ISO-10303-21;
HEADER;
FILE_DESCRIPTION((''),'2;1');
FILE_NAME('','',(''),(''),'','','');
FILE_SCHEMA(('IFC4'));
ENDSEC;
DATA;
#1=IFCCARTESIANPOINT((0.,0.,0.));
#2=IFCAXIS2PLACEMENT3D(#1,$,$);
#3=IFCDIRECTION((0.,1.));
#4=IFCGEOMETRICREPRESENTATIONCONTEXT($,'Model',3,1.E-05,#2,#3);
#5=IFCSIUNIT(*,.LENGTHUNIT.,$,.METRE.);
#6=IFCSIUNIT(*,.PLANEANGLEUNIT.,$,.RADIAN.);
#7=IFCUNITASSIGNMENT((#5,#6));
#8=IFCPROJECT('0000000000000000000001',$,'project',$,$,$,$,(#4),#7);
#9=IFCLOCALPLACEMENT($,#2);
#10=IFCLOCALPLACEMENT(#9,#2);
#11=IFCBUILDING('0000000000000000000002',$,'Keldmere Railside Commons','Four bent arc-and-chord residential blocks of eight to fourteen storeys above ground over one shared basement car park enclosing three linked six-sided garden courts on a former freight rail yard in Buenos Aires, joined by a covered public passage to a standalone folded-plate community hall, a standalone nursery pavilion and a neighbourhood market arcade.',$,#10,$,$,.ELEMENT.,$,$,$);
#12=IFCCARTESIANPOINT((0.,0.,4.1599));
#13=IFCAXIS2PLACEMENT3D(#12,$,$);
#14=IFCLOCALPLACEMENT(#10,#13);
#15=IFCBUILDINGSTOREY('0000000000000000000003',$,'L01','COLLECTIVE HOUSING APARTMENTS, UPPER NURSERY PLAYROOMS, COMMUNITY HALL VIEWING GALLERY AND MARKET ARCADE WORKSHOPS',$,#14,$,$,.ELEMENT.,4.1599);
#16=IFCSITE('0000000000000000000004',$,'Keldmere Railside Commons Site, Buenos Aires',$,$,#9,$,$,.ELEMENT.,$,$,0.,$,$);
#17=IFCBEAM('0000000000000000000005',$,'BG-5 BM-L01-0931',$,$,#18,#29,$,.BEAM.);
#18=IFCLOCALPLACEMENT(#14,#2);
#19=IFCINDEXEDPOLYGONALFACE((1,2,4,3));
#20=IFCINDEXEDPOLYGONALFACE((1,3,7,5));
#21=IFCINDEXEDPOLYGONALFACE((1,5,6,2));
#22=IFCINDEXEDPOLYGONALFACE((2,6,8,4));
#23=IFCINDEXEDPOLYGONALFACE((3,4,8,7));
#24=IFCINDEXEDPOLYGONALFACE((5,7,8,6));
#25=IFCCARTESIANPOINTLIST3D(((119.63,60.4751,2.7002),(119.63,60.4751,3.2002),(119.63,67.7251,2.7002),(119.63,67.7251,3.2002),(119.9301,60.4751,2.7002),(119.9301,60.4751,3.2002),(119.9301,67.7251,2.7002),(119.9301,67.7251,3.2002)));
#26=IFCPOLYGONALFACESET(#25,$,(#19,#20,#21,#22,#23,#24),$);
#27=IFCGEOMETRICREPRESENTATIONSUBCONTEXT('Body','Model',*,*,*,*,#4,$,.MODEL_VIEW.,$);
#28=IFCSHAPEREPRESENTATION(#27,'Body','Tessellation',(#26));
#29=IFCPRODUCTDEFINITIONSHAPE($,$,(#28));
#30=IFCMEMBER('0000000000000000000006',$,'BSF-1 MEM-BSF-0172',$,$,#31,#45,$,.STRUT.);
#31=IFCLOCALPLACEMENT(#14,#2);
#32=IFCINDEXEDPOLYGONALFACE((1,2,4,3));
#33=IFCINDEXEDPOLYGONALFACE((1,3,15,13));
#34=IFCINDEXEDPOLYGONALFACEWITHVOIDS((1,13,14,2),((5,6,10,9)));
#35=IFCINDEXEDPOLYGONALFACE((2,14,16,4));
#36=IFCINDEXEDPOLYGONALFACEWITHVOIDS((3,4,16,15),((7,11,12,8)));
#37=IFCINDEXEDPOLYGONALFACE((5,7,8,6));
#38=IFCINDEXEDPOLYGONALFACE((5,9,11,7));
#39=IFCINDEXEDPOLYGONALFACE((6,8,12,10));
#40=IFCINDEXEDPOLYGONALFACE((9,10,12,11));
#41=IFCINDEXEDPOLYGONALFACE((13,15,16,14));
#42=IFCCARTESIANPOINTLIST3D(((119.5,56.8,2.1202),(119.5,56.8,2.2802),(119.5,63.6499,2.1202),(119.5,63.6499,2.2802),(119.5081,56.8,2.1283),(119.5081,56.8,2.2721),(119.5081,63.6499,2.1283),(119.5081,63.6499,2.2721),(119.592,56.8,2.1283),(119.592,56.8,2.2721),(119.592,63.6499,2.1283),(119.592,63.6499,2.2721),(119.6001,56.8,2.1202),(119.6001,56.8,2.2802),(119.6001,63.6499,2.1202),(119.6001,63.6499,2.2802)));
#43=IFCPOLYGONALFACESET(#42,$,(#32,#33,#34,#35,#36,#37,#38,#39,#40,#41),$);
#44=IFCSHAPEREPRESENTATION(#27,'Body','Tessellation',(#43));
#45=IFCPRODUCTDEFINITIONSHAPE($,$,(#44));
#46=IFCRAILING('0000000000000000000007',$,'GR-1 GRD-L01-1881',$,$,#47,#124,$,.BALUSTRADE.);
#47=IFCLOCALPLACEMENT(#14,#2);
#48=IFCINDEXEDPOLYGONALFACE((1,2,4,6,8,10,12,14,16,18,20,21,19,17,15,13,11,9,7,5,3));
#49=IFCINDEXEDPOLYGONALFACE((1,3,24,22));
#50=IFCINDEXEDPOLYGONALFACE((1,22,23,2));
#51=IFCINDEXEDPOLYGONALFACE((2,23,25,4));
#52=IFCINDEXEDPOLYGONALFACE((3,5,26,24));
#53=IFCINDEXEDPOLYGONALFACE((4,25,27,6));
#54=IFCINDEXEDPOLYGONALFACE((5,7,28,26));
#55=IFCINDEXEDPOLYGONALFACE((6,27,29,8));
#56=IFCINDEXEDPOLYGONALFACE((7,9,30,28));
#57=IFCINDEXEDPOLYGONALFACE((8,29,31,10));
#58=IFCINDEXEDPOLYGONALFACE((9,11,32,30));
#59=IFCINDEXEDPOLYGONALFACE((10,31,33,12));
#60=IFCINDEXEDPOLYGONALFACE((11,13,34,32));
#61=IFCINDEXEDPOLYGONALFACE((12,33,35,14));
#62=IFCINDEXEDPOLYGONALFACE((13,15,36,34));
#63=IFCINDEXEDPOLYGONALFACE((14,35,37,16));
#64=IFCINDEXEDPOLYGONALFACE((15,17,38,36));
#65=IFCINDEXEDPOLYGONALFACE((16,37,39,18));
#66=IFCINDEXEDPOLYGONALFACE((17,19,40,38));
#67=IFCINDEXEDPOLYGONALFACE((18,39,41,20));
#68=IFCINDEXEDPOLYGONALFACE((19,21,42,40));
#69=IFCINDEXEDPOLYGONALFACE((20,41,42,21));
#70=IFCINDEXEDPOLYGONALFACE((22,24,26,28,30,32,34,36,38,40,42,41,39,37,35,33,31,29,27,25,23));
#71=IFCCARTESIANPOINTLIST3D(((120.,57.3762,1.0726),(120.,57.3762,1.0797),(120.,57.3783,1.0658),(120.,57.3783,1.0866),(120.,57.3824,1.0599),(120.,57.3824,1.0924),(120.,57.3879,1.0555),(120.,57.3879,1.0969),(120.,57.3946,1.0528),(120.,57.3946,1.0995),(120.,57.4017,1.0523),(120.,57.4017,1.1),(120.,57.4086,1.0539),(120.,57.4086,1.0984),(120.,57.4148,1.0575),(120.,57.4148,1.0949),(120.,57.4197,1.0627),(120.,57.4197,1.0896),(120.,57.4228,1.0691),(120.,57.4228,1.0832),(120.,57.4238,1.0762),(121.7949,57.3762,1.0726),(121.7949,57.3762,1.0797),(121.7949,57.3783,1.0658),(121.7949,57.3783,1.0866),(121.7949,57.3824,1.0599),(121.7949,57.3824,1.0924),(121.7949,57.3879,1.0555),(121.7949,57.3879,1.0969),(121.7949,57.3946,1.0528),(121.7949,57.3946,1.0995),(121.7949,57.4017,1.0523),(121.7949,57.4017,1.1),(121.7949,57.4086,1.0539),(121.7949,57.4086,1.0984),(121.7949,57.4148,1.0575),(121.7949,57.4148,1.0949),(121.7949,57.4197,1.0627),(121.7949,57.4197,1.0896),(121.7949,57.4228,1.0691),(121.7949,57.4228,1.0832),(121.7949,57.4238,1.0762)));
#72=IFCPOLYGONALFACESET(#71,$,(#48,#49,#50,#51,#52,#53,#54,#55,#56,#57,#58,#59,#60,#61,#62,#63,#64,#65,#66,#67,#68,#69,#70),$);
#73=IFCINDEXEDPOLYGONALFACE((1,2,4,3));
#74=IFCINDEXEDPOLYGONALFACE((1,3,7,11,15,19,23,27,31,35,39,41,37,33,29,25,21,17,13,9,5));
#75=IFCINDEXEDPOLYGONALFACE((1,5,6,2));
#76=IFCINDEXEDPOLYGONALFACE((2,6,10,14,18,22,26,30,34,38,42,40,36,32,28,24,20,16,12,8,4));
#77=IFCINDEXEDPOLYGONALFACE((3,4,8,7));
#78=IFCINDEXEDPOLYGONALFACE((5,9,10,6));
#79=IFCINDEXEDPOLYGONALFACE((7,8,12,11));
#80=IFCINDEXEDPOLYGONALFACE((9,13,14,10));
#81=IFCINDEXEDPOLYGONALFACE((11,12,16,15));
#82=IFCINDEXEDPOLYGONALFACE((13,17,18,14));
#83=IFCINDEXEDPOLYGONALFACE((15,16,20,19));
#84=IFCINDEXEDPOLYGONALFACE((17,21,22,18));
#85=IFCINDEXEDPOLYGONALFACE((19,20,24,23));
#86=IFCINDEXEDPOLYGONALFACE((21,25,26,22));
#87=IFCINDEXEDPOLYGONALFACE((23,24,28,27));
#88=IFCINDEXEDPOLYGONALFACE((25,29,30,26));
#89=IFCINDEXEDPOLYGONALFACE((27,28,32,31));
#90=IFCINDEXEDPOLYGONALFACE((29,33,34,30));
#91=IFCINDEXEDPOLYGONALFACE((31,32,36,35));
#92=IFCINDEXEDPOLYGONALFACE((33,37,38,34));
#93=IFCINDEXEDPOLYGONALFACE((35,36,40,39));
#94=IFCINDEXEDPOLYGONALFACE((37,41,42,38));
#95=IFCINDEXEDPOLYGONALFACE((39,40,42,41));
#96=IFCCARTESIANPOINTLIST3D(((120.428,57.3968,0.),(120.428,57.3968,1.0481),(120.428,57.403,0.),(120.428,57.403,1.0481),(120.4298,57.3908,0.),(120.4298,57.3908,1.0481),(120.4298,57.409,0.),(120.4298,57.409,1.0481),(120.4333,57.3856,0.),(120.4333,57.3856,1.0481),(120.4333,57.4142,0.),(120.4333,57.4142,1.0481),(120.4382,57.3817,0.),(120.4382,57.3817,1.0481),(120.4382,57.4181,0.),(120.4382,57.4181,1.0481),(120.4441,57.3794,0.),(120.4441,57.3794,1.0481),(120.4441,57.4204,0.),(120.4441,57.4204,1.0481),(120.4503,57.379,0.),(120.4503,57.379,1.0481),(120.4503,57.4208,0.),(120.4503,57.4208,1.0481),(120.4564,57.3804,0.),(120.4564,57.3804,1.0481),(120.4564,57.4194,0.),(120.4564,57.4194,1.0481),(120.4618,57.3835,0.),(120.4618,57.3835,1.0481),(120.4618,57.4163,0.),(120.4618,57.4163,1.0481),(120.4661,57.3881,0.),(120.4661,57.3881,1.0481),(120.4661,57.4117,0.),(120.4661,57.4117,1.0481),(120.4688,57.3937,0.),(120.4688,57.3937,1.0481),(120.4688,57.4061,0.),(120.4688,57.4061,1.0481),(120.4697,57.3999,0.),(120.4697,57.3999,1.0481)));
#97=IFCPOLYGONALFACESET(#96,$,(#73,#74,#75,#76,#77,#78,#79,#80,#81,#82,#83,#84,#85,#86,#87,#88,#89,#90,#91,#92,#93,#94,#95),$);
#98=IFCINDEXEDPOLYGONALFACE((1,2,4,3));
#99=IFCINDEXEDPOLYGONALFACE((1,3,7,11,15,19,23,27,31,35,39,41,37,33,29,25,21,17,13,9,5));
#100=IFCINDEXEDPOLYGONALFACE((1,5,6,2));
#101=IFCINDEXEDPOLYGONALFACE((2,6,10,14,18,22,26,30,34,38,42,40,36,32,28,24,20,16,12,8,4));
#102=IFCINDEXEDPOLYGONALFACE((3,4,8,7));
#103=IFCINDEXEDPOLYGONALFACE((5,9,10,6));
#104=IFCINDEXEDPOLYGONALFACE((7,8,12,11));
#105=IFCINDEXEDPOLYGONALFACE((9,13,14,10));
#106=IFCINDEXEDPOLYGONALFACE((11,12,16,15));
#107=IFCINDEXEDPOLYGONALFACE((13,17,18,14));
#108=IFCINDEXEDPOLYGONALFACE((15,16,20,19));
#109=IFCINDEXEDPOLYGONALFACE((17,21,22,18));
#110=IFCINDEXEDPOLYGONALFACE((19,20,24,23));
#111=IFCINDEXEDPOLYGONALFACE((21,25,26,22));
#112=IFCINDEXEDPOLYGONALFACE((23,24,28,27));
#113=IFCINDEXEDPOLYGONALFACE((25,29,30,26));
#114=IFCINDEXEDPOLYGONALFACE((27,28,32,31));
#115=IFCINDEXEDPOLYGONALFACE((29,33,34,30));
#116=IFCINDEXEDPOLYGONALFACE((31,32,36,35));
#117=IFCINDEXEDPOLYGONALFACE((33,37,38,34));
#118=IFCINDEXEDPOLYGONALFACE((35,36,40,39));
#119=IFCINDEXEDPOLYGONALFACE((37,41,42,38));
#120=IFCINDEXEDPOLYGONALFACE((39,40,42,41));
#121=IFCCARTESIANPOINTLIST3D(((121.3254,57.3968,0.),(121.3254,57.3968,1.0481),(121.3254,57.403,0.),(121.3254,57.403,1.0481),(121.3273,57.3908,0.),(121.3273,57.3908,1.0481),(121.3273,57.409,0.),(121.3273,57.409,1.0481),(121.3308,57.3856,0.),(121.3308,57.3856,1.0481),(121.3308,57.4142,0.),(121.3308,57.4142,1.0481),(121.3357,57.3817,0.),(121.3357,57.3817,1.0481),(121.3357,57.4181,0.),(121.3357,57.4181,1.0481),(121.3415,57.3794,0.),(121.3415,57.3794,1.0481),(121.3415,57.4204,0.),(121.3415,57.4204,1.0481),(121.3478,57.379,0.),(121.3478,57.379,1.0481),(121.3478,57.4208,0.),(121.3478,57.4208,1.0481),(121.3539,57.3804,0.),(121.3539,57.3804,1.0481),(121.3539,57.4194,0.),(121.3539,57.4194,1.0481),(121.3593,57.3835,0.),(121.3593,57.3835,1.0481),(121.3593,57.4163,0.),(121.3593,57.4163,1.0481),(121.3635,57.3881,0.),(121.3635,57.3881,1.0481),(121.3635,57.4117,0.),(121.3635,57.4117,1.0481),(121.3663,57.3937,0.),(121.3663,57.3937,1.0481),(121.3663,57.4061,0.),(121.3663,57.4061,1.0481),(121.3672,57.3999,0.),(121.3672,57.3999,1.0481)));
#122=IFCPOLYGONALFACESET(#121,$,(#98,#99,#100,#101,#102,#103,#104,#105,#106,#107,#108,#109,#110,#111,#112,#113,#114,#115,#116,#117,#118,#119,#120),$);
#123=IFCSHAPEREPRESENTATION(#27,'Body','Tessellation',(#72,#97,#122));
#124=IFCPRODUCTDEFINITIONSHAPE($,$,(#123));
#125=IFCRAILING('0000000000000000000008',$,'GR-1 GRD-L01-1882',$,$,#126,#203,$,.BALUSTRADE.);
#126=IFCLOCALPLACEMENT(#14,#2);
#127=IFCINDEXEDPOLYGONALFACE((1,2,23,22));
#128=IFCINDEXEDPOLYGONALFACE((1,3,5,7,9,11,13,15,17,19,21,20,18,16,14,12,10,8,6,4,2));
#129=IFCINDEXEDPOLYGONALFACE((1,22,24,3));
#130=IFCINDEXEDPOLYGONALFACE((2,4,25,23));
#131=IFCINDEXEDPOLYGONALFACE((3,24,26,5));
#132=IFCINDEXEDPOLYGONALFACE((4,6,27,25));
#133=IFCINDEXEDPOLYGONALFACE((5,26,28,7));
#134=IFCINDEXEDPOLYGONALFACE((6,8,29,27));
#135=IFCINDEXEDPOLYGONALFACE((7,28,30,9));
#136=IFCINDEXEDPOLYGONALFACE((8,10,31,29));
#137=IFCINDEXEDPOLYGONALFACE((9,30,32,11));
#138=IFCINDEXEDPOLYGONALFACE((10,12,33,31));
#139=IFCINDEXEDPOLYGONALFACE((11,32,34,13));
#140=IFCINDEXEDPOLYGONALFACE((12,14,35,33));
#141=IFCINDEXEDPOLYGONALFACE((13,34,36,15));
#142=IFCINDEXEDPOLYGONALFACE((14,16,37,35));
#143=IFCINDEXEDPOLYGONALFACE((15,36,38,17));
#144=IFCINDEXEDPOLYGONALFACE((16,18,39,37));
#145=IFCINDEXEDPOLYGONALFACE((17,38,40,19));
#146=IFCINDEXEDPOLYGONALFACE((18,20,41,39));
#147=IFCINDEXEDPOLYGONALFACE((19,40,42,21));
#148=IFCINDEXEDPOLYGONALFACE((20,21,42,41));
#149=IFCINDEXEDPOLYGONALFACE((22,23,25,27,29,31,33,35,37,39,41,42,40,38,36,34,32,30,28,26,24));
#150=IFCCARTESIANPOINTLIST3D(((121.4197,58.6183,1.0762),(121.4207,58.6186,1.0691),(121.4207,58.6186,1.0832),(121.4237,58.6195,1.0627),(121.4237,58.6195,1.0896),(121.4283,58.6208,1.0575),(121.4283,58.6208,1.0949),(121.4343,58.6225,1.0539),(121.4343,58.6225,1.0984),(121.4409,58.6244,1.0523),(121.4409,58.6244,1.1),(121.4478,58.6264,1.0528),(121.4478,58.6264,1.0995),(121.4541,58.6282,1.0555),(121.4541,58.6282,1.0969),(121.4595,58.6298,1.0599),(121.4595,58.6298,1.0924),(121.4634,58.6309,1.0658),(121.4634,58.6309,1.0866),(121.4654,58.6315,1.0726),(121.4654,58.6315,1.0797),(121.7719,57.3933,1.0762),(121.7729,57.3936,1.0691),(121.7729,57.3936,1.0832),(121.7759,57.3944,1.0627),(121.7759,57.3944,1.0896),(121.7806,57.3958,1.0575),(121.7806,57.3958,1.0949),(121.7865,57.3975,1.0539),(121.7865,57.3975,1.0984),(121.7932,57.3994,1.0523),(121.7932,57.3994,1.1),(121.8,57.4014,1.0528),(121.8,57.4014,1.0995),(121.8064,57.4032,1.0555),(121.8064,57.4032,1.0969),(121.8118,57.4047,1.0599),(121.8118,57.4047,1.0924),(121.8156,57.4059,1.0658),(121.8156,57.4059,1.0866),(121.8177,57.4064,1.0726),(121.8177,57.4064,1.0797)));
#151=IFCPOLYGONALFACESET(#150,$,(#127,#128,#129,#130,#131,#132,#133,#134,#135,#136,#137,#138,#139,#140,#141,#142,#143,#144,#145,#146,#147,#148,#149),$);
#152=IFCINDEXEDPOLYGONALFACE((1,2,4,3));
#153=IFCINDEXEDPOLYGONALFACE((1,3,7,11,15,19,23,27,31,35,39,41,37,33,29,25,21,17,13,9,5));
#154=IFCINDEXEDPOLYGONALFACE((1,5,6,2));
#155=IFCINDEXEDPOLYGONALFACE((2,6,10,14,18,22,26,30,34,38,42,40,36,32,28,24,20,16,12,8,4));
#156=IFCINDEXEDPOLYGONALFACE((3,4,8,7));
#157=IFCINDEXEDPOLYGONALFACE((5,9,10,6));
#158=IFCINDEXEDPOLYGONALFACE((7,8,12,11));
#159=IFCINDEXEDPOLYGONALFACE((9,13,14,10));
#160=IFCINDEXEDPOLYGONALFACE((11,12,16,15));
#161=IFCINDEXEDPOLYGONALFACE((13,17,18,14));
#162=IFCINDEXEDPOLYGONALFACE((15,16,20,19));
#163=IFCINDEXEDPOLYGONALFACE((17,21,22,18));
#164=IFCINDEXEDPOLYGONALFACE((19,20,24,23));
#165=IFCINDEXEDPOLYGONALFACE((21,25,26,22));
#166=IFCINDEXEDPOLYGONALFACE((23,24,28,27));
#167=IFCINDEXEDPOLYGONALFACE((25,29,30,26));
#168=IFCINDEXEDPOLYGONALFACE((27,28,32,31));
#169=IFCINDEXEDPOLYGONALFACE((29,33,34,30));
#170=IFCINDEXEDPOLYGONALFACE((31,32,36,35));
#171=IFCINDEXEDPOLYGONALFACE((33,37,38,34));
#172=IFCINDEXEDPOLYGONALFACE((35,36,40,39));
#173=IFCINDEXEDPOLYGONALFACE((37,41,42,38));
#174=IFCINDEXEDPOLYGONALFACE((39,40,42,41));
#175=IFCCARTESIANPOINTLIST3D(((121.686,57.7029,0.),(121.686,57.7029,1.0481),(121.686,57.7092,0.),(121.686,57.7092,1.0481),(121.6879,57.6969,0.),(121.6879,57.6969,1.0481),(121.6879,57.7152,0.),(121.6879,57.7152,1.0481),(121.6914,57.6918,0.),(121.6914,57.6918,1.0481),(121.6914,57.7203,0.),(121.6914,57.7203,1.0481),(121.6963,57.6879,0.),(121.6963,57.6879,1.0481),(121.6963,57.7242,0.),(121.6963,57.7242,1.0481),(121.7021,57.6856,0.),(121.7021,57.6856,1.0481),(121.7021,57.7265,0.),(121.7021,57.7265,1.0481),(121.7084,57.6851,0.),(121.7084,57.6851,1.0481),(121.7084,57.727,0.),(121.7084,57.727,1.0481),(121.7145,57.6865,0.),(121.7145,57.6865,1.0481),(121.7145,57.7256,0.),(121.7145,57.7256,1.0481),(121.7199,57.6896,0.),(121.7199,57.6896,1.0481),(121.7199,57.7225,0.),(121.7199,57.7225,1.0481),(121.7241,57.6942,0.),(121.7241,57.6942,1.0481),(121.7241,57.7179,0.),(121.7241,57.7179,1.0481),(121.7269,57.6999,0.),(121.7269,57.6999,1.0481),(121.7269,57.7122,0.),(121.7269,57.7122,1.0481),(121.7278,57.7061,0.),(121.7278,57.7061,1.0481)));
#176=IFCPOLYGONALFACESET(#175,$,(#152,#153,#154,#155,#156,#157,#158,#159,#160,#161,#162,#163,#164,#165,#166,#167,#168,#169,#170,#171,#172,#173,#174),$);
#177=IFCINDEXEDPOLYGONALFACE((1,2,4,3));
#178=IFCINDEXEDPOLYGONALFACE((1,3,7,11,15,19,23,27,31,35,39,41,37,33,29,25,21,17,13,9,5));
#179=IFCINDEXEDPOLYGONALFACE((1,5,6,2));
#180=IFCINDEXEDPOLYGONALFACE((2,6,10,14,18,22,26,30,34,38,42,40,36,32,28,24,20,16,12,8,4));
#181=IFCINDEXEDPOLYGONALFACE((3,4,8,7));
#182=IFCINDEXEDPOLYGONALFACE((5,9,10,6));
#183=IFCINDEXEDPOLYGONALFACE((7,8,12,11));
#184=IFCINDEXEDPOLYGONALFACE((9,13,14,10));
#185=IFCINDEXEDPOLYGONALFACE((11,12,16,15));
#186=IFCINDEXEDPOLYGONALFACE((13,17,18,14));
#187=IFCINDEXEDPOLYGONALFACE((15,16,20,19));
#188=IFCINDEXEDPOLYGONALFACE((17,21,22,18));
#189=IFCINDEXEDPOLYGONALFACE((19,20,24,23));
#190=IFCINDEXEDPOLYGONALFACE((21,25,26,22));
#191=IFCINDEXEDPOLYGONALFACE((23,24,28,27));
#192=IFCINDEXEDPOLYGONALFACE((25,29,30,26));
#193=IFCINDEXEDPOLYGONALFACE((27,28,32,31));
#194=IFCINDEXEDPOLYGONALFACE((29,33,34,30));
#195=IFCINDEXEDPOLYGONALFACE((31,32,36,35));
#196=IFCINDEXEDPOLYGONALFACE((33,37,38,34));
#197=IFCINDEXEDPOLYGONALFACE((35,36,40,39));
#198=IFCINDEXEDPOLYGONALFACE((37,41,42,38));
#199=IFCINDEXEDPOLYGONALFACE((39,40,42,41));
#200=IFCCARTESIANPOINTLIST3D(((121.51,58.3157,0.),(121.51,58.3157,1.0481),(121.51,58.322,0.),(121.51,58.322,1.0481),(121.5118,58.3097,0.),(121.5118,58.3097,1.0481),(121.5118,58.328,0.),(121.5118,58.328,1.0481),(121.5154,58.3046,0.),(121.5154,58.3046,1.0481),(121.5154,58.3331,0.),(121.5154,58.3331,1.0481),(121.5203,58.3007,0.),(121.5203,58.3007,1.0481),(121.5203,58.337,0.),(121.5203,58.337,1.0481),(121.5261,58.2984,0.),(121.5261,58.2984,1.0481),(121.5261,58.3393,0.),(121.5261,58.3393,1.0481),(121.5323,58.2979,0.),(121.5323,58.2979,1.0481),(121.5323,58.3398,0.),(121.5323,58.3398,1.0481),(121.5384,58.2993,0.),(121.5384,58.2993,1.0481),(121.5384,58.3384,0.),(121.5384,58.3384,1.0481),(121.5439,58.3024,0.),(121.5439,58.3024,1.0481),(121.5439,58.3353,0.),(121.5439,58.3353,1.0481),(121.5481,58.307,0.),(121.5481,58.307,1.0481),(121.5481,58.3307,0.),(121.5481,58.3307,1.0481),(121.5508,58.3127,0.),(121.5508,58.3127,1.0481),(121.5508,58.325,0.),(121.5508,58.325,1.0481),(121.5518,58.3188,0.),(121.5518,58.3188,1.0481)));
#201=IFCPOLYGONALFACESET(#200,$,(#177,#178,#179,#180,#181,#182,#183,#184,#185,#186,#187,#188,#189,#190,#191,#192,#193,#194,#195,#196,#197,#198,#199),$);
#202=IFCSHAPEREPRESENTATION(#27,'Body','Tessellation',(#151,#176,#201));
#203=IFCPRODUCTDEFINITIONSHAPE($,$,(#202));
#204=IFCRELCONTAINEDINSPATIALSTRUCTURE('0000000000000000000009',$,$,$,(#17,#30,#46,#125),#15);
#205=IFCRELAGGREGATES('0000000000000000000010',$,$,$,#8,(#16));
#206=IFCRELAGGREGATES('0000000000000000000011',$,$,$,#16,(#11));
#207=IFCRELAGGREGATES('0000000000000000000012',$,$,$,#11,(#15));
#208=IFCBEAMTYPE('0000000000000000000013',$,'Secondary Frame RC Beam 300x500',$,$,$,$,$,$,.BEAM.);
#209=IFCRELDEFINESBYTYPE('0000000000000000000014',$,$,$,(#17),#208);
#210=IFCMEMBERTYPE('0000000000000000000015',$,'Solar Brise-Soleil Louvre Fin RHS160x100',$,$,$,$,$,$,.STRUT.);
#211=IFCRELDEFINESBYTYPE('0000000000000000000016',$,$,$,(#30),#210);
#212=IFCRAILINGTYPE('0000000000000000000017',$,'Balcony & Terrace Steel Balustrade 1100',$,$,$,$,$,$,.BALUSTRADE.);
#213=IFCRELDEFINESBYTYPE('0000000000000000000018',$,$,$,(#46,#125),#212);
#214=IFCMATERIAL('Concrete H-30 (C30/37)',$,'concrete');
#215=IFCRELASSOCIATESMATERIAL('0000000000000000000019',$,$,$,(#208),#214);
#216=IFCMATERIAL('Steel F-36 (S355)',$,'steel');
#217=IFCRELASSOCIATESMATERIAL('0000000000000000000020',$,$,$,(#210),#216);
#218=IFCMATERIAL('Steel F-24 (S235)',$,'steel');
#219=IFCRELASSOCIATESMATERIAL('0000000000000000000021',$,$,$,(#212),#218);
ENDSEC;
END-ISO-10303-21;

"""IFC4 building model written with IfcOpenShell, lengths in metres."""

from ifc_helpers import new_model, si_unit, direction, frame, origin, origin_2d, place, context, subcontext, project, spatial, rectangle, hollow_rectangle, circle, extrude, material, material_profile, profile_set, type_object, element, save


model = new_model("IFC4")

# Units and contexts
model_context = context("Model", 3, precision=1e-05, world=origin(), true_north=direction((0.0, 1.0)))
body_context = subcontext(model_context, "Body", "Model", "MODEL_VIEW")
ifc_project = project(units=[si_unit("LENGTHUNIT", "METRE"), si_unit("PLANEANGLEUNIT", "RADIAN")], contexts=[model_context])

# Site, building, storey
site_placement = place(None, origin())
site = spatial("IfcSite", under=ifc_project, at=site_placement, Name="Keldmere Railside Commons Site, Buenos Aires", CompositionType="ELEMENT", RefElevation=0.0)
building_placement = place(site_placement, origin())
building = spatial("IfcBuilding", under=site, at=building_placement, Name="Keldmere Railside Commons", Description="Four bent arc-and-chord residential blocks of eight to fourteen storeys above ground over one shared basement car park enclosing three linked six-sided garden courts on a former freight rail yard in Buenos Aires, joined by a covered public passage to a standalone folded-plate community hall, a standalone nursery pavilion and a neighbourhood market arcade.", CompositionType="ELEMENT")
storey_placement = place(building_placement, frame((0.0, 0.0, 4.1599)))
storey = spatial("IfcBuildingStorey", under=building, at=storey_placement, Name="L01", Description="COLLECTIVE HOUSING APARTMENTS, UPPER NURSERY PLAYROOMS, COMMUNITY HALL VIEWING GALLERY AND MARKET ARCADE WORKSHOPS", CompositionType="ELEMENT", Elevation=4.1599)

# Shared definitions
ifc_material_1 = material(Name="Steel F-36 (S355)", Category="steel")

# Beam
ifc_material_2 = material(Name="Concrete H-30 (C30/37)", Category="concrete")
ifc_material_profile_1 = material_profile(ifc_material_2, rectangle(XDim=0.3, YDim=0.5, at=origin_2d()), Name="RC-300x500")
ifc_profile_set_1 = profile_set([ifc_material_profile_1], Name="Concrete H-30 (C30/37)")
beam_type_1 = type_object("IfcBeamType", Name="Secondary Frame RC Beam 300x500", PredefinedType="BEAM", material=ifc_profile_set_1)
beam_1_placement = place(storey_placement, frame((119.78, 60.4751, 2.9502), z_axis=(0.0, 1.0, 0.0), x_axis=(-1.0, 0.0, 0.0)))
element("IfcBeam", 1, at=beam_1_placement, inside=storey, type_object=beam_type_1, Name="BG-5 BM-L01-0931", PredefinedType="BEAM", context=body_context, shape_type="SweptSolid", body=[
    extrude(rectangle(XDim=0.3, YDim=0.5, at=origin_2d()), origin(), (0.0, 0.0, 1.0), 7.25),
])

# Member
ifc_material_profile_2 = material_profile(ifc_material_1, hollow_rectangle(XDim=0.1001, YDim=0.1599, WallThickness=0.0081, at=origin_2d()), Name="RHS-160x100x8")
ifc_profile_set_2 = profile_set([ifc_material_profile_2], Name="Steel F-36 (S355)")
member_type_1 = type_object("IfcMemberType", Name="Solar Brise-Soleil Louvre Fin RHS160x100", PredefinedType="STRUT", material=ifc_profile_set_2)
member_1_placement = place(storey_placement, frame((119.55, 56.8, 2.2002), z_axis=(0.0, 1.0, 0.0), x_axis=(-1.0, 0.0, 0.0)))
element("IfcMember", 2, at=member_1_placement, inside=storey, type_object=member_type_1, Name="BSF-1 MEM-BSF-0172", PredefinedType="STRUT", context=body_context, shape_type="SweptSolid", body=[
    extrude(hollow_rectangle(XDim=0.1001, YDim=0.1599, WallThickness=0.0081, at=origin_2d()), origin(), (0.0, 0.0, 1.0), 6.8499),
])

# Railings
ifc_material_3 = material(Name="Steel F-24 (S235)", Category="steel")
railing_type = type_object("IfcRailingType", Name="Balcony & Terrace Steel Balustrade 1100", PredefinedType="BALUSTRADE", material=ifc_material_3)
railing_1_placement = place(storey_placement, frame((120.0, 57.3999, 0.0)))
element("IfcRailing", 3, at=railing_1_placement, inside=storey, type_object=railing_type, Name="GR-1 GRD-L01-1881", PredefinedType="BALUSTRADE", context=body_context, shape_type="SweptSolid", body=[
    extrude(circle(Radius=0.0239, at=origin_2d()), frame((0.0, 0.0, 1.0762), z_axis=(1.0, 0.0, 0.0), x_axis=(0.0, 1.0, 0.0)), (0.0, 0.0, 1.0), 1.7949),
    extrude(circle(Radius=0.021, at=origin_2d()), frame((0.4487, 0.0, 0.0)), (0.0, 0.0, 1.0), 1.0481),
    extrude(circle(Radius=0.021, at=origin_2d()), frame((1.3462, 0.0, 0.0)), (0.0, 0.0, 1.0), 1.0481),
])
railing_2_placement = place(storey_placement, frame((121.7949, 57.3999, 0.0)))
element("IfcRailing", 4, at=railing_2_placement, inside=storey, type_object=railing_type, Name="GR-1 GRD-L01-1882", PredefinedType="BALUSTRADE", context=body_context, shape_type="SweptSolid", body=[
    extrude(circle(Radius=0.0239, at=origin_2d()), frame((0.0, 0.0, 1.0762), z_axis=(-0.276365, 0.961053, 0.0), x_axis=(-0.961053, -0.276365, 0.0)), (0.0, 0.0, 1.0), 1.2747),
    extrude(circle(Radius=0.021, at=origin_2d()), frame((-0.0881, 0.3062, 0.0)), (0.0, 0.0, 1.0), 1.0481),
    extrude(circle(Radius=0.021, at=origin_2d()), frame((-0.2642, 0.9189, 0.0)), (0.0, 0.0, 1.0), 1.0481),
])

save(model, "model.ifc")
